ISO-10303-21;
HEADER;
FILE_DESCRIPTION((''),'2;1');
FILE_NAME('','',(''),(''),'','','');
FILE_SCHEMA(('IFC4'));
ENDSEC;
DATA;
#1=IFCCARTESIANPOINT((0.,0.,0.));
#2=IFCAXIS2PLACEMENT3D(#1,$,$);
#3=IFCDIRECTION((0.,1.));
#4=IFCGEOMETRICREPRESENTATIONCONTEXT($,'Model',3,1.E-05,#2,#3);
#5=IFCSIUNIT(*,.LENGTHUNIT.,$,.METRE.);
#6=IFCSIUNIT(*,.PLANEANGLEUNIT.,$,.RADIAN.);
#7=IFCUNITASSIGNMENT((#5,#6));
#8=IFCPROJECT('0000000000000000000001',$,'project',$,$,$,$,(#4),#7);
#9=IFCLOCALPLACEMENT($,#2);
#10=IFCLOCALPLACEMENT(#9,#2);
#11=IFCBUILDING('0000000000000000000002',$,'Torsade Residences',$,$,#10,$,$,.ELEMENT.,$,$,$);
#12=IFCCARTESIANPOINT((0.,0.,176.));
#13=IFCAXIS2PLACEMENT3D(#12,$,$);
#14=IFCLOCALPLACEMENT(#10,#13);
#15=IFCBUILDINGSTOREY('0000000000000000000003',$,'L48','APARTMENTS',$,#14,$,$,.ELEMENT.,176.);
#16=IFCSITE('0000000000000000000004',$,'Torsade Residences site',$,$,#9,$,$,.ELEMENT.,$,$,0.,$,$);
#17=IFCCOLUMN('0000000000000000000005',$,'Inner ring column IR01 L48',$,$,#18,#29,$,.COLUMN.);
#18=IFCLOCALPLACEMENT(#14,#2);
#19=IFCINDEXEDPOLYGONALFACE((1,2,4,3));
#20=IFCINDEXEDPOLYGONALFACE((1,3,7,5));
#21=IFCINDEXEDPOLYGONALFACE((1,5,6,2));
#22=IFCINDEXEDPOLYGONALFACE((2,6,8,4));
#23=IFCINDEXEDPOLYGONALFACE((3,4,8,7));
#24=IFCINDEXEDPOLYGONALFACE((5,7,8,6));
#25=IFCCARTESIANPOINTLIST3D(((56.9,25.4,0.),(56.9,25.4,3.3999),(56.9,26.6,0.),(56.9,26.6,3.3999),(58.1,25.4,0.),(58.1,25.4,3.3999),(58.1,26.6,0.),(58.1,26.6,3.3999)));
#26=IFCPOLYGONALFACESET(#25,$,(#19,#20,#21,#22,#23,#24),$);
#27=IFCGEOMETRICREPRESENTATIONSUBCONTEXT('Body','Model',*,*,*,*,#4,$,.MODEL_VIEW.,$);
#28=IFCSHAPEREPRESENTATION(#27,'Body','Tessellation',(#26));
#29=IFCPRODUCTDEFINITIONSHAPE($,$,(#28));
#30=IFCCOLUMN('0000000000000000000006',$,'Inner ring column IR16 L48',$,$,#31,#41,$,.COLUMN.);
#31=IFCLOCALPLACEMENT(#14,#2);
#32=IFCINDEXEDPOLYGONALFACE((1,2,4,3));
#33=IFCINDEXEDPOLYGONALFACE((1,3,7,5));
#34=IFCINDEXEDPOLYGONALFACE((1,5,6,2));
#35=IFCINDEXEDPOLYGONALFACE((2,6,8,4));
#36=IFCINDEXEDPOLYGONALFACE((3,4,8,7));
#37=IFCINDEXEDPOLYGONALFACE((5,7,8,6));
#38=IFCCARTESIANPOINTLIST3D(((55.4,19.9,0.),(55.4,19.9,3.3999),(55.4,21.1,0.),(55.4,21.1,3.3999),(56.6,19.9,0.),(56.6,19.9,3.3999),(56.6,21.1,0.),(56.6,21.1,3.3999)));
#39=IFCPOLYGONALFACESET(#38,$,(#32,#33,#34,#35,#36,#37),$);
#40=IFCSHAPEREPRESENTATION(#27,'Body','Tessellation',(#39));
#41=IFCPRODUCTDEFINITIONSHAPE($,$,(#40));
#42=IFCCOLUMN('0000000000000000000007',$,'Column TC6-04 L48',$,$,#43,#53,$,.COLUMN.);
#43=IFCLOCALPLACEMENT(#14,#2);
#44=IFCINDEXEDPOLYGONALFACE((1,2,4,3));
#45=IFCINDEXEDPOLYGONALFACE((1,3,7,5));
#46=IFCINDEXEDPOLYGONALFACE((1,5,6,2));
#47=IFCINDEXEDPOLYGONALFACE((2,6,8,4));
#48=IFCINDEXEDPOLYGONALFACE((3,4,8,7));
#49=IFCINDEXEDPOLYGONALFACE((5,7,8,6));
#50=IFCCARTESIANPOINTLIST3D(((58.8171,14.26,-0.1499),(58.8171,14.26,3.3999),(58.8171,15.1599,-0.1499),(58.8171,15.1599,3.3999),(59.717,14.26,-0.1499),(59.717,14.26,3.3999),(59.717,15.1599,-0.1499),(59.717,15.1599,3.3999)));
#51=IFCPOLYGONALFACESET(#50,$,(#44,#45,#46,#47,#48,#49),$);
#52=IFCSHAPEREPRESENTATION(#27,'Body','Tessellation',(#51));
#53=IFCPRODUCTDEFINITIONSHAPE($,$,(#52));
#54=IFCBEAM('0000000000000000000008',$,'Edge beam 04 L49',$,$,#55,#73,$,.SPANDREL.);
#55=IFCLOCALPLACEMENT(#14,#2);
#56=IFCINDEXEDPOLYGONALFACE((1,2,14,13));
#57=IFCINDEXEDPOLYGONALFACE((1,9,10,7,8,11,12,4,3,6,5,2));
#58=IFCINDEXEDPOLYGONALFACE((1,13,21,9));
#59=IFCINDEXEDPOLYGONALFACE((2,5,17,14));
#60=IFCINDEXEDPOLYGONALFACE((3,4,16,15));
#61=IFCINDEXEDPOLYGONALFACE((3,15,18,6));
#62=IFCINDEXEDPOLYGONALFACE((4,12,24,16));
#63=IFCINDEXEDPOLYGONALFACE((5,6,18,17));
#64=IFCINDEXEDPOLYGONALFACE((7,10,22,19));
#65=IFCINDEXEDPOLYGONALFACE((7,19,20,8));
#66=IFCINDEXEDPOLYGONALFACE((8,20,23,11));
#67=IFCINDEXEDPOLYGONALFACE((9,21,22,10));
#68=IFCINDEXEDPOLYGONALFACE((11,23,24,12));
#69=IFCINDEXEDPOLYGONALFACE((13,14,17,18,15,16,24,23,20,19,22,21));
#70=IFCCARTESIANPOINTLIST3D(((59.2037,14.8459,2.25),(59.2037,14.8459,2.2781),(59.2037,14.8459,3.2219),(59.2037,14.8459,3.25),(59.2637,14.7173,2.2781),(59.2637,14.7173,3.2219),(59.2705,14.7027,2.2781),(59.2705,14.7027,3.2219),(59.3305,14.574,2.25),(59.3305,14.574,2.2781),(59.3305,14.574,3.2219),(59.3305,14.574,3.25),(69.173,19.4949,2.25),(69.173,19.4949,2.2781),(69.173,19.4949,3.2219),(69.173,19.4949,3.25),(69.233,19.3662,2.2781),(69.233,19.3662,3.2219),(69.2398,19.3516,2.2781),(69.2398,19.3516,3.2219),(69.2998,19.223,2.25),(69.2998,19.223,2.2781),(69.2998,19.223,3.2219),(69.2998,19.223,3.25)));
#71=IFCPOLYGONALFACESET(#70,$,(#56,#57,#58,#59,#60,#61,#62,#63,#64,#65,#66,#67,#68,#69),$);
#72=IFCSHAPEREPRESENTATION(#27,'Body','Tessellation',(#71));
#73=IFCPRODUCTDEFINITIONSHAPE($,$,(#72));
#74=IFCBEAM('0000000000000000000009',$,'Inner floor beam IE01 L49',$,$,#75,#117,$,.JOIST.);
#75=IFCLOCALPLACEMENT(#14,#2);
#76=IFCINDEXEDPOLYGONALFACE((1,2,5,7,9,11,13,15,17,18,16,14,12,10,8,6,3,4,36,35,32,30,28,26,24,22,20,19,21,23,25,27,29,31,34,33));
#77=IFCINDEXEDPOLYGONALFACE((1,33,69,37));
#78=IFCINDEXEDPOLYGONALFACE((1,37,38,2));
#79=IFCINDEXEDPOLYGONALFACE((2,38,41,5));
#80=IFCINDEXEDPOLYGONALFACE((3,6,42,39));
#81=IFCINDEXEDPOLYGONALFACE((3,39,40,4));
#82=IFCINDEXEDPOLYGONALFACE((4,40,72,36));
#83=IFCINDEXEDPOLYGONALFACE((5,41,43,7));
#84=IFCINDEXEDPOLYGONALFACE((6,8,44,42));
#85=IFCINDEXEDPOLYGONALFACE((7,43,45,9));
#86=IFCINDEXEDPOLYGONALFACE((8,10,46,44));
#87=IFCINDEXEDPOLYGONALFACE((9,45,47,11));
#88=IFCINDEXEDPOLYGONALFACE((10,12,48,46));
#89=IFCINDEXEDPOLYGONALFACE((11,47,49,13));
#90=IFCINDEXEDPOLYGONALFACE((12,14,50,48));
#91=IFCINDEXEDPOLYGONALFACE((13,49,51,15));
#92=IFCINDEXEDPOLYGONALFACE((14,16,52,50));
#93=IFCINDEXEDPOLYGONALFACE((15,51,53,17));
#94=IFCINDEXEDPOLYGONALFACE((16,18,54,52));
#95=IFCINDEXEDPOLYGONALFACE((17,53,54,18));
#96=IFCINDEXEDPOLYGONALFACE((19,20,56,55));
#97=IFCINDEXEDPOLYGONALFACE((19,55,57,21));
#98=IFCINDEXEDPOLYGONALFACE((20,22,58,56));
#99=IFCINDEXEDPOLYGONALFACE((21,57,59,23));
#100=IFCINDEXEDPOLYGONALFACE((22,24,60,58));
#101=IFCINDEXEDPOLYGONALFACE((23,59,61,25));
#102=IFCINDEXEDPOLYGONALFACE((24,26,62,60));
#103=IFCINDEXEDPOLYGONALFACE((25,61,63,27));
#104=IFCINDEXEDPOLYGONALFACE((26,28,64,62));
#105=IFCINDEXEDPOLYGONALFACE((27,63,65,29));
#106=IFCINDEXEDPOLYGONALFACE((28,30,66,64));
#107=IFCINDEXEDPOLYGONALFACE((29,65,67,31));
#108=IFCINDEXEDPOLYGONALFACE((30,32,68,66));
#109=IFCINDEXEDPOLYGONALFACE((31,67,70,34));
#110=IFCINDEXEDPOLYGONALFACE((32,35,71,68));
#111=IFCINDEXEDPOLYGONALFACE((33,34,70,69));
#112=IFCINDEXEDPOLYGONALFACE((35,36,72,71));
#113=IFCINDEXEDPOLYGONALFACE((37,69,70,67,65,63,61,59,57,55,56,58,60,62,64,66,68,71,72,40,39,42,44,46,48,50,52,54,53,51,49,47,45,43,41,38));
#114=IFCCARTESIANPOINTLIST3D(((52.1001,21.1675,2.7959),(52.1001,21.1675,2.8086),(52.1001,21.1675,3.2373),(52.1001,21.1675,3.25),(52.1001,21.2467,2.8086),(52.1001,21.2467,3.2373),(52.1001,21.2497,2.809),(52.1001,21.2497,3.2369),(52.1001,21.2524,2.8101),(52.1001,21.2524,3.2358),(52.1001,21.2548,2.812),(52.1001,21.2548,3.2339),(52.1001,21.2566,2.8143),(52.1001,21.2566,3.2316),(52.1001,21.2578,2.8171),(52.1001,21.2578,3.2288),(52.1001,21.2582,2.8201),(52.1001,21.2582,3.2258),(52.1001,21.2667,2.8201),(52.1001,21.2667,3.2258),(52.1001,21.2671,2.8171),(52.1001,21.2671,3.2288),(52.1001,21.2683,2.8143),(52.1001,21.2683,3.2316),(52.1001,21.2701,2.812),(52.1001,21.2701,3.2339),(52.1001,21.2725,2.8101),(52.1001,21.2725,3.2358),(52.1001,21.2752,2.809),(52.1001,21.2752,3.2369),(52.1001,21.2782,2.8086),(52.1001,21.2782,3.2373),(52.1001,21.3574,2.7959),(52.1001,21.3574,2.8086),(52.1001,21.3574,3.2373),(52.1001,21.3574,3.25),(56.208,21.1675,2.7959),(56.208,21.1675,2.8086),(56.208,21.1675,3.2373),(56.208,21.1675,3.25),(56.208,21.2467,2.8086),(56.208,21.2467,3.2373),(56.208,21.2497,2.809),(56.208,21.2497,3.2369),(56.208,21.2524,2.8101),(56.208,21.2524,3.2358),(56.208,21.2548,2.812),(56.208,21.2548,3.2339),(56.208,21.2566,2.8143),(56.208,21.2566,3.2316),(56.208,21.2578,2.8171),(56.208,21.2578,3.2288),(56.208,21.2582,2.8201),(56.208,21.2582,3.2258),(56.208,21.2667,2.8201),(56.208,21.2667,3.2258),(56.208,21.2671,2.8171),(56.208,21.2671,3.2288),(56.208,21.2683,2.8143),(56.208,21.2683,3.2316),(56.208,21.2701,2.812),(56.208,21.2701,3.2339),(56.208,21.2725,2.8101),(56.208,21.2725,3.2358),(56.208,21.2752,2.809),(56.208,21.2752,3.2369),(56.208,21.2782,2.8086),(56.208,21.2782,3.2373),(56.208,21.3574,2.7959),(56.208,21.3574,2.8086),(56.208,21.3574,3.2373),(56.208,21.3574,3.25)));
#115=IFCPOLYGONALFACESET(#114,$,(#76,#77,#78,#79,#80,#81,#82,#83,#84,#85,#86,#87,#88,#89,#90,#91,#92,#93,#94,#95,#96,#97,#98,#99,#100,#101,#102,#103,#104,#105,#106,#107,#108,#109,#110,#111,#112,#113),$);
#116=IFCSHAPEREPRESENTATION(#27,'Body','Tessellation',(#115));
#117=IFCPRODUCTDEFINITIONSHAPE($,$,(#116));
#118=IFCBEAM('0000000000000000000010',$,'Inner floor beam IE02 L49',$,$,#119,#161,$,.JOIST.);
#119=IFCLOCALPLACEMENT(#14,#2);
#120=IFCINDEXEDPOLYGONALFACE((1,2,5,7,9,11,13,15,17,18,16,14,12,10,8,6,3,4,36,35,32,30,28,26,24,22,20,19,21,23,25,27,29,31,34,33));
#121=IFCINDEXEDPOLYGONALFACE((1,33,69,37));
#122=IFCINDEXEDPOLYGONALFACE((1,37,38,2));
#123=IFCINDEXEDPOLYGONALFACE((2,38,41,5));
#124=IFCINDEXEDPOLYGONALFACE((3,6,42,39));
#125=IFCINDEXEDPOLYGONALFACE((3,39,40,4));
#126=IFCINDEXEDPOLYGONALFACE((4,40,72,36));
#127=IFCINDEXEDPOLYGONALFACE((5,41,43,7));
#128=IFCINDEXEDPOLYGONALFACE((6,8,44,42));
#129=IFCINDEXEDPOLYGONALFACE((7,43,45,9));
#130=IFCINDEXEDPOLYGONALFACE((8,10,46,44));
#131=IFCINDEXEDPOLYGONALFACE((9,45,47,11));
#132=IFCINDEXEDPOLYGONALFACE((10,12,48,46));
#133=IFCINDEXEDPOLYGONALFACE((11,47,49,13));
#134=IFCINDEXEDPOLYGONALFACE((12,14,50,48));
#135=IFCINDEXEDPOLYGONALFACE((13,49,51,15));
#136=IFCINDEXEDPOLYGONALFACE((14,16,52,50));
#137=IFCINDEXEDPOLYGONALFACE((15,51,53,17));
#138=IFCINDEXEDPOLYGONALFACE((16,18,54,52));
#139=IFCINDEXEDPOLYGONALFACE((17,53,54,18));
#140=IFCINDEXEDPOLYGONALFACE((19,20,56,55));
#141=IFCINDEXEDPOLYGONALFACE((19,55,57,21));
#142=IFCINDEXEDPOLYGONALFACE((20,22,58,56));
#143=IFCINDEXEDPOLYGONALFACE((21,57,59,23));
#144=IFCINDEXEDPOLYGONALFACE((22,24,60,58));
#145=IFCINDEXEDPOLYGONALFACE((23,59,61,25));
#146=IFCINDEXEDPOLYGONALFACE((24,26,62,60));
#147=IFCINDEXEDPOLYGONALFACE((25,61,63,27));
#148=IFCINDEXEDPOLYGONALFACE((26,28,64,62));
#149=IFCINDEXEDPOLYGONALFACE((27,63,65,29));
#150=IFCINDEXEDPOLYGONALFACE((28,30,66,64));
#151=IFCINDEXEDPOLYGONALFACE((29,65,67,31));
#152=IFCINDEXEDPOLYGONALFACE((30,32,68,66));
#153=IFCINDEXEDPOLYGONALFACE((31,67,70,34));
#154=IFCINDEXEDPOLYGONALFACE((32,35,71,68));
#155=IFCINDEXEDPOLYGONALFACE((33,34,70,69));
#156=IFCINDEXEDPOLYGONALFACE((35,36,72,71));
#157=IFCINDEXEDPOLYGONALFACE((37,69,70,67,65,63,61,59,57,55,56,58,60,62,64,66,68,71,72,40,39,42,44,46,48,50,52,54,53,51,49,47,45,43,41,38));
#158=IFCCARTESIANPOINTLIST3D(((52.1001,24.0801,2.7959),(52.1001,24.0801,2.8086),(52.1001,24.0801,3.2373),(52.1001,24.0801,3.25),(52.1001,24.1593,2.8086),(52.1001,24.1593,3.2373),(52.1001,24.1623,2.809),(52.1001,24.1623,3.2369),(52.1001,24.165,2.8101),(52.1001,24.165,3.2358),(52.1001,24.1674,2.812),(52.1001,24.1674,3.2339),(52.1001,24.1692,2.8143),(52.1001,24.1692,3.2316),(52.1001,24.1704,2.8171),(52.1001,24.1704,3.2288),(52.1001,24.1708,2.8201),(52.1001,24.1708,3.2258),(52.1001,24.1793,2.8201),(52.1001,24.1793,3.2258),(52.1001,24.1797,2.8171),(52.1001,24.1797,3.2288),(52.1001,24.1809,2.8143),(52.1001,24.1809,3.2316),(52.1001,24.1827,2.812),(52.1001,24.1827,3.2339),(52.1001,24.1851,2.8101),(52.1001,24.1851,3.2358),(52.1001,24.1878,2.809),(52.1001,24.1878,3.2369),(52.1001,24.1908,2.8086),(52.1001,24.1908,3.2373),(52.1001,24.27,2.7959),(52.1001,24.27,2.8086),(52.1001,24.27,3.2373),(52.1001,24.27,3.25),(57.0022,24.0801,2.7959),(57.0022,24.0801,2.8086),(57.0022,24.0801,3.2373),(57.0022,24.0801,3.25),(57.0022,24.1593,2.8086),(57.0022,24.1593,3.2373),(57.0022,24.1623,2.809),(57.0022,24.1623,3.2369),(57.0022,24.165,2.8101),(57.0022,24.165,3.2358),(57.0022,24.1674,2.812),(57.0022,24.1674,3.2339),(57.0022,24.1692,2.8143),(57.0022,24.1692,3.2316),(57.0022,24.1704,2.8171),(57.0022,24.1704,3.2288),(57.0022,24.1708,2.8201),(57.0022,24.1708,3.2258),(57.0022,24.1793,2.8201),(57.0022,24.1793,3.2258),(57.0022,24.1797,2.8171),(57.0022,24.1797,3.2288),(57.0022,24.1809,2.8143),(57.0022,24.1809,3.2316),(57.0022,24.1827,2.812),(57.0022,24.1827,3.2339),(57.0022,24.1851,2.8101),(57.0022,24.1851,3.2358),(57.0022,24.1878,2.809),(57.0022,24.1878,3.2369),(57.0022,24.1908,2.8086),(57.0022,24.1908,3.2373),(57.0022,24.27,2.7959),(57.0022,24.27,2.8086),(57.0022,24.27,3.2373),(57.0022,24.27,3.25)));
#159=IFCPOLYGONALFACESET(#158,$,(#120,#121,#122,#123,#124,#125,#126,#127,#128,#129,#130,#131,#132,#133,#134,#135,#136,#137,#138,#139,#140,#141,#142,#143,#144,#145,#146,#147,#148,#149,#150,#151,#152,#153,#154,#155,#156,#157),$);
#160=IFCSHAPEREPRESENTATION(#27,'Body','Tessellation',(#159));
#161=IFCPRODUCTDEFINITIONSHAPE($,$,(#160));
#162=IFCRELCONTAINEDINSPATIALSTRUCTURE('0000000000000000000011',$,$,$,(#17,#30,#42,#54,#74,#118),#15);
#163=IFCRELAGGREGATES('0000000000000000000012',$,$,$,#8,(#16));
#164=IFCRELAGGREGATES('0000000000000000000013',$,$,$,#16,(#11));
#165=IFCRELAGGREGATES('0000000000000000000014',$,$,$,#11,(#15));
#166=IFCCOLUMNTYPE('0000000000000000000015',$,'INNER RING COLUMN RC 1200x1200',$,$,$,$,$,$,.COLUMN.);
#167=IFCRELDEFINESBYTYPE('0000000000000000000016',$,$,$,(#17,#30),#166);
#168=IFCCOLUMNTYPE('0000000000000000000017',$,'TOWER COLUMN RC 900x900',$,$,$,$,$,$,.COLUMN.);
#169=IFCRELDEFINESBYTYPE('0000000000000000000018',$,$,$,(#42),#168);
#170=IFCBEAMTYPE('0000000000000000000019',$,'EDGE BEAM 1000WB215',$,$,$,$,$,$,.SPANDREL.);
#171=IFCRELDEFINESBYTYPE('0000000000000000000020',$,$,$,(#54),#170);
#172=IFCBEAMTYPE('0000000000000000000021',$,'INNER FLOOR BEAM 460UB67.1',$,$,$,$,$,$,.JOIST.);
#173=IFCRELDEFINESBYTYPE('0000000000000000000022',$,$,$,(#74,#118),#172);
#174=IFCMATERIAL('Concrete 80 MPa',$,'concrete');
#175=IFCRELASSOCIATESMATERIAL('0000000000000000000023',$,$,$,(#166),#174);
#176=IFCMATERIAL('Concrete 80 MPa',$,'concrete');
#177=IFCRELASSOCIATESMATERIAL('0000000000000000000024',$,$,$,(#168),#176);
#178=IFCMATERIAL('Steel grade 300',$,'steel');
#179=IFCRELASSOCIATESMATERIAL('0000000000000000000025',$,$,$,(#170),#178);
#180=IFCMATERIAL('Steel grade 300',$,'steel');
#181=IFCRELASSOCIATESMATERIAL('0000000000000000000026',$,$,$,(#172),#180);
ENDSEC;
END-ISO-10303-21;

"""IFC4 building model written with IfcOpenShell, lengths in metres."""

from ifc_helpers import new_model, si_unit, direction, frame, origin, origin_2d, place, context, subcontext, project, spatial, rectangle, i_section, extrude, material, material_profile, profile_set, type_object, element, save


model = new_model("IFC4")

# Units and contexts
model_context = context("Model", 3, precision=1e-05, world=origin(), true_north=direction((0.0, 1.0)))
body_context = subcontext(model_context, "Body", "Model", "MODEL_VIEW")
ifc_project = project(units=[si_unit("LENGTHUNIT", "METRE"), si_unit("PLANEANGLEUNIT", "RADIAN")], contexts=[model_context])

# Site, building, storey
site_placement = place(None, origin())
site = spatial("IfcSite", under=ifc_project, at=site_placement, Name="Torsade Residences site", CompositionType="ELEMENT", RefElevation=0.0)
building_placement = place(site_placement, origin())
building = spatial("IfcBuilding", under=site, at=building_placement, Name="Torsade Residences", CompositionType="ELEMENT")
storey_placement = place(building_placement, frame((0.0, 0.0, 176.0)))
storey = spatial("IfcBuildingStorey", under=building, at=storey_placement, Name="L48", Description="APARTMENTS", CompositionType="ELEMENT", Elevation=176.0)

# Columns
ifc_material_1 = material(Name="Concrete 80 MPa", Category="concrete")
ifc_material_profile_1 = material_profile(ifc_material_1, rectangle(XDim=1.2, YDim=1.2, at=origin_2d()), Name="RC 1200x1200")
ifc_profile_set_1 = profile_set([ifc_material_profile_1], Name="Concrete 80 MPa")
column_type_1 = type_object("IfcColumnType", Name="INNER RING COLUMN RC 1200x1200", PredefinedType="COLUMN", material=ifc_profile_set_1)
for number, where, z_axis, x_axis, name in (
    (1, (57.5, 26.0, 0.0), (0.0, 0.0, 1.0), (1.0, 0.0, 0.0), "Inner ring column IR01 L48"),
    (2, (56.0, 20.5, 0.0), (0.0, 0.0, 1.0), (1.0, 0.0, 0.0), "Inner ring column IR16 L48"),
):
    element("IfcColumn", number, at=place(storey_placement, frame(where, z_axis=z_axis, x_axis=x_axis)), inside=storey, type_object=column_type_1, Name=name, PredefinedType="COLUMN", context=body_context, shape_type="SweptSolid", body=[
        extrude(rectangle(XDim=1.2, YDim=1.2, at=origin_2d()), origin(), (0.0, 0.0, 1.0), 3.3999),
    ])
ifc_material_2 = material(Name="Concrete 80 MPa", Category="concrete")
ifc_material_profile_2 = material_profile(ifc_material_2, rectangle(XDim=0.8999, YDim=0.8999, at=origin_2d()), Name="RC 900x900")
ifc_profile_set_2 = profile_set([ifc_material_profile_2], Name="Concrete 80 MPa")
column_type_2 = type_object("IfcColumnType", Name="TOWER COLUMN RC 900x900", PredefinedType="COLUMN", material=ifc_profile_set_2)
column_placement = place(storey_placement, frame((59.2671, 14.71, -0.1499), z_axis=(0.0, 0.0, 1.0), x_axis=(1.0, 0.0, 0.0)))
element("IfcColumn", 3, at=column_placement, inside=storey, type_object=column_type_2, Name="Column TC6-04 L48", PredefinedType="COLUMN", context=body_context, shape_type="SweptSolid", body=[
    extrude(rectangle(XDim=0.8999, YDim=0.8999, at=origin_2d()), origin(), (0.0, 0.0, 1.0), 3.5498),
])

# Beams
ifc_material_3 = material(Name="Steel grade 300", Category="steel")
ifc_material_profile_3 = material_profile(ifc_material_3, i_section(OverallWidth=0.3, OverallDepth=1.0, WebThickness=0.0161, FlangeThickness=0.0281, at=origin_2d()), Name="1000WB215")
ifc_profile_set_3 = profile_set([ifc_material_profile_3], Name="Steel grade 300")
beam_type_1 = type_object("IfcBeamType", Name="EDGE BEAM 1000WB215", PredefinedType="SPANDREL", material=ifc_profile_set_3)
beam_1_placement = place(storey_placement, frame((59.2671, 14.71, 2.75), z_axis=(0.906301, 0.422633, 0.0), x_axis=(-0.422633, 0.906301, 0.0)))
element("IfcBeam", 4, at=beam_1_placement, inside=storey, type_object=beam_type_1, Name="Edge beam 04 L49", PredefinedType="SPANDREL", context=body_context, shape_type="SweptSolid", body=[
    extrude(i_section(OverallWidth=0.3, OverallDepth=1.0, WebThickness=0.0161, FlangeThickness=0.0281, at=origin_2d()), origin(), (0.0, 0.0, 1.0), 11.0),
])
ifc_material_4 = material(Name="Steel grade 300", Category="steel")
ifc_material_profile_4 = material_profile(ifc_material_4, i_section(OverallWidth=0.1899, OverallDepth=0.4541, WebThickness=0.0085, FlangeThickness=0.0127, FilletRadius=0.0115, at=origin_2d()), Name="460UB67.1")
ifc_profile_set_4 = profile_set([ifc_material_profile_4], Name="Steel grade 300")
beam_type_2 = type_object("IfcBeamType", Name="INNER FLOOR BEAM 460UB67.1", PredefinedType="JOIST", material=ifc_profile_set_4)
beam_2_placement = place(storey_placement, frame((52.1001, 21.2625, 3.0229), z_axis=(1.0, 0.0, 0.0), x_axis=(0.0, 1.0, 0.0)))
element("IfcBeam", 5, at=beam_2_placement, inside=storey, type_object=beam_type_2, Name="Inner floor beam IE01 L49", PredefinedType="JOIST", context=body_context, shape_type="SweptSolid", body=[
    extrude(i_section(OverallWidth=0.1899, OverallDepth=0.4541, WebThickness=0.0085, FlangeThickness=0.0127, FilletRadius=0.0115, at=origin_2d()), origin(), (0.0, 0.0, 1.0), 4.1079),
])
beam_3_placement = place(storey_placement, frame((52.1001, 24.175, 3.0229), z_axis=(1.0, 0.0, 0.0), x_axis=(0.0, 1.0, 0.0)))
element("IfcBeam", 6, at=beam_3_placement, inside=storey, type_object=beam_type_2, Name="Inner floor beam IE02 L49", PredefinedType="JOIST", context=body_context, shape_type="SweptSolid", body=[
    extrude(i_section(OverallWidth=0.1899, OverallDepth=0.4541, WebThickness=0.0085, FlangeThickness=0.0127, FilletRadius=0.0115, at=origin_2d()), origin(), (0.0, 0.0, 1.0), 4.9021),
])

save(model, "model.ifc")
